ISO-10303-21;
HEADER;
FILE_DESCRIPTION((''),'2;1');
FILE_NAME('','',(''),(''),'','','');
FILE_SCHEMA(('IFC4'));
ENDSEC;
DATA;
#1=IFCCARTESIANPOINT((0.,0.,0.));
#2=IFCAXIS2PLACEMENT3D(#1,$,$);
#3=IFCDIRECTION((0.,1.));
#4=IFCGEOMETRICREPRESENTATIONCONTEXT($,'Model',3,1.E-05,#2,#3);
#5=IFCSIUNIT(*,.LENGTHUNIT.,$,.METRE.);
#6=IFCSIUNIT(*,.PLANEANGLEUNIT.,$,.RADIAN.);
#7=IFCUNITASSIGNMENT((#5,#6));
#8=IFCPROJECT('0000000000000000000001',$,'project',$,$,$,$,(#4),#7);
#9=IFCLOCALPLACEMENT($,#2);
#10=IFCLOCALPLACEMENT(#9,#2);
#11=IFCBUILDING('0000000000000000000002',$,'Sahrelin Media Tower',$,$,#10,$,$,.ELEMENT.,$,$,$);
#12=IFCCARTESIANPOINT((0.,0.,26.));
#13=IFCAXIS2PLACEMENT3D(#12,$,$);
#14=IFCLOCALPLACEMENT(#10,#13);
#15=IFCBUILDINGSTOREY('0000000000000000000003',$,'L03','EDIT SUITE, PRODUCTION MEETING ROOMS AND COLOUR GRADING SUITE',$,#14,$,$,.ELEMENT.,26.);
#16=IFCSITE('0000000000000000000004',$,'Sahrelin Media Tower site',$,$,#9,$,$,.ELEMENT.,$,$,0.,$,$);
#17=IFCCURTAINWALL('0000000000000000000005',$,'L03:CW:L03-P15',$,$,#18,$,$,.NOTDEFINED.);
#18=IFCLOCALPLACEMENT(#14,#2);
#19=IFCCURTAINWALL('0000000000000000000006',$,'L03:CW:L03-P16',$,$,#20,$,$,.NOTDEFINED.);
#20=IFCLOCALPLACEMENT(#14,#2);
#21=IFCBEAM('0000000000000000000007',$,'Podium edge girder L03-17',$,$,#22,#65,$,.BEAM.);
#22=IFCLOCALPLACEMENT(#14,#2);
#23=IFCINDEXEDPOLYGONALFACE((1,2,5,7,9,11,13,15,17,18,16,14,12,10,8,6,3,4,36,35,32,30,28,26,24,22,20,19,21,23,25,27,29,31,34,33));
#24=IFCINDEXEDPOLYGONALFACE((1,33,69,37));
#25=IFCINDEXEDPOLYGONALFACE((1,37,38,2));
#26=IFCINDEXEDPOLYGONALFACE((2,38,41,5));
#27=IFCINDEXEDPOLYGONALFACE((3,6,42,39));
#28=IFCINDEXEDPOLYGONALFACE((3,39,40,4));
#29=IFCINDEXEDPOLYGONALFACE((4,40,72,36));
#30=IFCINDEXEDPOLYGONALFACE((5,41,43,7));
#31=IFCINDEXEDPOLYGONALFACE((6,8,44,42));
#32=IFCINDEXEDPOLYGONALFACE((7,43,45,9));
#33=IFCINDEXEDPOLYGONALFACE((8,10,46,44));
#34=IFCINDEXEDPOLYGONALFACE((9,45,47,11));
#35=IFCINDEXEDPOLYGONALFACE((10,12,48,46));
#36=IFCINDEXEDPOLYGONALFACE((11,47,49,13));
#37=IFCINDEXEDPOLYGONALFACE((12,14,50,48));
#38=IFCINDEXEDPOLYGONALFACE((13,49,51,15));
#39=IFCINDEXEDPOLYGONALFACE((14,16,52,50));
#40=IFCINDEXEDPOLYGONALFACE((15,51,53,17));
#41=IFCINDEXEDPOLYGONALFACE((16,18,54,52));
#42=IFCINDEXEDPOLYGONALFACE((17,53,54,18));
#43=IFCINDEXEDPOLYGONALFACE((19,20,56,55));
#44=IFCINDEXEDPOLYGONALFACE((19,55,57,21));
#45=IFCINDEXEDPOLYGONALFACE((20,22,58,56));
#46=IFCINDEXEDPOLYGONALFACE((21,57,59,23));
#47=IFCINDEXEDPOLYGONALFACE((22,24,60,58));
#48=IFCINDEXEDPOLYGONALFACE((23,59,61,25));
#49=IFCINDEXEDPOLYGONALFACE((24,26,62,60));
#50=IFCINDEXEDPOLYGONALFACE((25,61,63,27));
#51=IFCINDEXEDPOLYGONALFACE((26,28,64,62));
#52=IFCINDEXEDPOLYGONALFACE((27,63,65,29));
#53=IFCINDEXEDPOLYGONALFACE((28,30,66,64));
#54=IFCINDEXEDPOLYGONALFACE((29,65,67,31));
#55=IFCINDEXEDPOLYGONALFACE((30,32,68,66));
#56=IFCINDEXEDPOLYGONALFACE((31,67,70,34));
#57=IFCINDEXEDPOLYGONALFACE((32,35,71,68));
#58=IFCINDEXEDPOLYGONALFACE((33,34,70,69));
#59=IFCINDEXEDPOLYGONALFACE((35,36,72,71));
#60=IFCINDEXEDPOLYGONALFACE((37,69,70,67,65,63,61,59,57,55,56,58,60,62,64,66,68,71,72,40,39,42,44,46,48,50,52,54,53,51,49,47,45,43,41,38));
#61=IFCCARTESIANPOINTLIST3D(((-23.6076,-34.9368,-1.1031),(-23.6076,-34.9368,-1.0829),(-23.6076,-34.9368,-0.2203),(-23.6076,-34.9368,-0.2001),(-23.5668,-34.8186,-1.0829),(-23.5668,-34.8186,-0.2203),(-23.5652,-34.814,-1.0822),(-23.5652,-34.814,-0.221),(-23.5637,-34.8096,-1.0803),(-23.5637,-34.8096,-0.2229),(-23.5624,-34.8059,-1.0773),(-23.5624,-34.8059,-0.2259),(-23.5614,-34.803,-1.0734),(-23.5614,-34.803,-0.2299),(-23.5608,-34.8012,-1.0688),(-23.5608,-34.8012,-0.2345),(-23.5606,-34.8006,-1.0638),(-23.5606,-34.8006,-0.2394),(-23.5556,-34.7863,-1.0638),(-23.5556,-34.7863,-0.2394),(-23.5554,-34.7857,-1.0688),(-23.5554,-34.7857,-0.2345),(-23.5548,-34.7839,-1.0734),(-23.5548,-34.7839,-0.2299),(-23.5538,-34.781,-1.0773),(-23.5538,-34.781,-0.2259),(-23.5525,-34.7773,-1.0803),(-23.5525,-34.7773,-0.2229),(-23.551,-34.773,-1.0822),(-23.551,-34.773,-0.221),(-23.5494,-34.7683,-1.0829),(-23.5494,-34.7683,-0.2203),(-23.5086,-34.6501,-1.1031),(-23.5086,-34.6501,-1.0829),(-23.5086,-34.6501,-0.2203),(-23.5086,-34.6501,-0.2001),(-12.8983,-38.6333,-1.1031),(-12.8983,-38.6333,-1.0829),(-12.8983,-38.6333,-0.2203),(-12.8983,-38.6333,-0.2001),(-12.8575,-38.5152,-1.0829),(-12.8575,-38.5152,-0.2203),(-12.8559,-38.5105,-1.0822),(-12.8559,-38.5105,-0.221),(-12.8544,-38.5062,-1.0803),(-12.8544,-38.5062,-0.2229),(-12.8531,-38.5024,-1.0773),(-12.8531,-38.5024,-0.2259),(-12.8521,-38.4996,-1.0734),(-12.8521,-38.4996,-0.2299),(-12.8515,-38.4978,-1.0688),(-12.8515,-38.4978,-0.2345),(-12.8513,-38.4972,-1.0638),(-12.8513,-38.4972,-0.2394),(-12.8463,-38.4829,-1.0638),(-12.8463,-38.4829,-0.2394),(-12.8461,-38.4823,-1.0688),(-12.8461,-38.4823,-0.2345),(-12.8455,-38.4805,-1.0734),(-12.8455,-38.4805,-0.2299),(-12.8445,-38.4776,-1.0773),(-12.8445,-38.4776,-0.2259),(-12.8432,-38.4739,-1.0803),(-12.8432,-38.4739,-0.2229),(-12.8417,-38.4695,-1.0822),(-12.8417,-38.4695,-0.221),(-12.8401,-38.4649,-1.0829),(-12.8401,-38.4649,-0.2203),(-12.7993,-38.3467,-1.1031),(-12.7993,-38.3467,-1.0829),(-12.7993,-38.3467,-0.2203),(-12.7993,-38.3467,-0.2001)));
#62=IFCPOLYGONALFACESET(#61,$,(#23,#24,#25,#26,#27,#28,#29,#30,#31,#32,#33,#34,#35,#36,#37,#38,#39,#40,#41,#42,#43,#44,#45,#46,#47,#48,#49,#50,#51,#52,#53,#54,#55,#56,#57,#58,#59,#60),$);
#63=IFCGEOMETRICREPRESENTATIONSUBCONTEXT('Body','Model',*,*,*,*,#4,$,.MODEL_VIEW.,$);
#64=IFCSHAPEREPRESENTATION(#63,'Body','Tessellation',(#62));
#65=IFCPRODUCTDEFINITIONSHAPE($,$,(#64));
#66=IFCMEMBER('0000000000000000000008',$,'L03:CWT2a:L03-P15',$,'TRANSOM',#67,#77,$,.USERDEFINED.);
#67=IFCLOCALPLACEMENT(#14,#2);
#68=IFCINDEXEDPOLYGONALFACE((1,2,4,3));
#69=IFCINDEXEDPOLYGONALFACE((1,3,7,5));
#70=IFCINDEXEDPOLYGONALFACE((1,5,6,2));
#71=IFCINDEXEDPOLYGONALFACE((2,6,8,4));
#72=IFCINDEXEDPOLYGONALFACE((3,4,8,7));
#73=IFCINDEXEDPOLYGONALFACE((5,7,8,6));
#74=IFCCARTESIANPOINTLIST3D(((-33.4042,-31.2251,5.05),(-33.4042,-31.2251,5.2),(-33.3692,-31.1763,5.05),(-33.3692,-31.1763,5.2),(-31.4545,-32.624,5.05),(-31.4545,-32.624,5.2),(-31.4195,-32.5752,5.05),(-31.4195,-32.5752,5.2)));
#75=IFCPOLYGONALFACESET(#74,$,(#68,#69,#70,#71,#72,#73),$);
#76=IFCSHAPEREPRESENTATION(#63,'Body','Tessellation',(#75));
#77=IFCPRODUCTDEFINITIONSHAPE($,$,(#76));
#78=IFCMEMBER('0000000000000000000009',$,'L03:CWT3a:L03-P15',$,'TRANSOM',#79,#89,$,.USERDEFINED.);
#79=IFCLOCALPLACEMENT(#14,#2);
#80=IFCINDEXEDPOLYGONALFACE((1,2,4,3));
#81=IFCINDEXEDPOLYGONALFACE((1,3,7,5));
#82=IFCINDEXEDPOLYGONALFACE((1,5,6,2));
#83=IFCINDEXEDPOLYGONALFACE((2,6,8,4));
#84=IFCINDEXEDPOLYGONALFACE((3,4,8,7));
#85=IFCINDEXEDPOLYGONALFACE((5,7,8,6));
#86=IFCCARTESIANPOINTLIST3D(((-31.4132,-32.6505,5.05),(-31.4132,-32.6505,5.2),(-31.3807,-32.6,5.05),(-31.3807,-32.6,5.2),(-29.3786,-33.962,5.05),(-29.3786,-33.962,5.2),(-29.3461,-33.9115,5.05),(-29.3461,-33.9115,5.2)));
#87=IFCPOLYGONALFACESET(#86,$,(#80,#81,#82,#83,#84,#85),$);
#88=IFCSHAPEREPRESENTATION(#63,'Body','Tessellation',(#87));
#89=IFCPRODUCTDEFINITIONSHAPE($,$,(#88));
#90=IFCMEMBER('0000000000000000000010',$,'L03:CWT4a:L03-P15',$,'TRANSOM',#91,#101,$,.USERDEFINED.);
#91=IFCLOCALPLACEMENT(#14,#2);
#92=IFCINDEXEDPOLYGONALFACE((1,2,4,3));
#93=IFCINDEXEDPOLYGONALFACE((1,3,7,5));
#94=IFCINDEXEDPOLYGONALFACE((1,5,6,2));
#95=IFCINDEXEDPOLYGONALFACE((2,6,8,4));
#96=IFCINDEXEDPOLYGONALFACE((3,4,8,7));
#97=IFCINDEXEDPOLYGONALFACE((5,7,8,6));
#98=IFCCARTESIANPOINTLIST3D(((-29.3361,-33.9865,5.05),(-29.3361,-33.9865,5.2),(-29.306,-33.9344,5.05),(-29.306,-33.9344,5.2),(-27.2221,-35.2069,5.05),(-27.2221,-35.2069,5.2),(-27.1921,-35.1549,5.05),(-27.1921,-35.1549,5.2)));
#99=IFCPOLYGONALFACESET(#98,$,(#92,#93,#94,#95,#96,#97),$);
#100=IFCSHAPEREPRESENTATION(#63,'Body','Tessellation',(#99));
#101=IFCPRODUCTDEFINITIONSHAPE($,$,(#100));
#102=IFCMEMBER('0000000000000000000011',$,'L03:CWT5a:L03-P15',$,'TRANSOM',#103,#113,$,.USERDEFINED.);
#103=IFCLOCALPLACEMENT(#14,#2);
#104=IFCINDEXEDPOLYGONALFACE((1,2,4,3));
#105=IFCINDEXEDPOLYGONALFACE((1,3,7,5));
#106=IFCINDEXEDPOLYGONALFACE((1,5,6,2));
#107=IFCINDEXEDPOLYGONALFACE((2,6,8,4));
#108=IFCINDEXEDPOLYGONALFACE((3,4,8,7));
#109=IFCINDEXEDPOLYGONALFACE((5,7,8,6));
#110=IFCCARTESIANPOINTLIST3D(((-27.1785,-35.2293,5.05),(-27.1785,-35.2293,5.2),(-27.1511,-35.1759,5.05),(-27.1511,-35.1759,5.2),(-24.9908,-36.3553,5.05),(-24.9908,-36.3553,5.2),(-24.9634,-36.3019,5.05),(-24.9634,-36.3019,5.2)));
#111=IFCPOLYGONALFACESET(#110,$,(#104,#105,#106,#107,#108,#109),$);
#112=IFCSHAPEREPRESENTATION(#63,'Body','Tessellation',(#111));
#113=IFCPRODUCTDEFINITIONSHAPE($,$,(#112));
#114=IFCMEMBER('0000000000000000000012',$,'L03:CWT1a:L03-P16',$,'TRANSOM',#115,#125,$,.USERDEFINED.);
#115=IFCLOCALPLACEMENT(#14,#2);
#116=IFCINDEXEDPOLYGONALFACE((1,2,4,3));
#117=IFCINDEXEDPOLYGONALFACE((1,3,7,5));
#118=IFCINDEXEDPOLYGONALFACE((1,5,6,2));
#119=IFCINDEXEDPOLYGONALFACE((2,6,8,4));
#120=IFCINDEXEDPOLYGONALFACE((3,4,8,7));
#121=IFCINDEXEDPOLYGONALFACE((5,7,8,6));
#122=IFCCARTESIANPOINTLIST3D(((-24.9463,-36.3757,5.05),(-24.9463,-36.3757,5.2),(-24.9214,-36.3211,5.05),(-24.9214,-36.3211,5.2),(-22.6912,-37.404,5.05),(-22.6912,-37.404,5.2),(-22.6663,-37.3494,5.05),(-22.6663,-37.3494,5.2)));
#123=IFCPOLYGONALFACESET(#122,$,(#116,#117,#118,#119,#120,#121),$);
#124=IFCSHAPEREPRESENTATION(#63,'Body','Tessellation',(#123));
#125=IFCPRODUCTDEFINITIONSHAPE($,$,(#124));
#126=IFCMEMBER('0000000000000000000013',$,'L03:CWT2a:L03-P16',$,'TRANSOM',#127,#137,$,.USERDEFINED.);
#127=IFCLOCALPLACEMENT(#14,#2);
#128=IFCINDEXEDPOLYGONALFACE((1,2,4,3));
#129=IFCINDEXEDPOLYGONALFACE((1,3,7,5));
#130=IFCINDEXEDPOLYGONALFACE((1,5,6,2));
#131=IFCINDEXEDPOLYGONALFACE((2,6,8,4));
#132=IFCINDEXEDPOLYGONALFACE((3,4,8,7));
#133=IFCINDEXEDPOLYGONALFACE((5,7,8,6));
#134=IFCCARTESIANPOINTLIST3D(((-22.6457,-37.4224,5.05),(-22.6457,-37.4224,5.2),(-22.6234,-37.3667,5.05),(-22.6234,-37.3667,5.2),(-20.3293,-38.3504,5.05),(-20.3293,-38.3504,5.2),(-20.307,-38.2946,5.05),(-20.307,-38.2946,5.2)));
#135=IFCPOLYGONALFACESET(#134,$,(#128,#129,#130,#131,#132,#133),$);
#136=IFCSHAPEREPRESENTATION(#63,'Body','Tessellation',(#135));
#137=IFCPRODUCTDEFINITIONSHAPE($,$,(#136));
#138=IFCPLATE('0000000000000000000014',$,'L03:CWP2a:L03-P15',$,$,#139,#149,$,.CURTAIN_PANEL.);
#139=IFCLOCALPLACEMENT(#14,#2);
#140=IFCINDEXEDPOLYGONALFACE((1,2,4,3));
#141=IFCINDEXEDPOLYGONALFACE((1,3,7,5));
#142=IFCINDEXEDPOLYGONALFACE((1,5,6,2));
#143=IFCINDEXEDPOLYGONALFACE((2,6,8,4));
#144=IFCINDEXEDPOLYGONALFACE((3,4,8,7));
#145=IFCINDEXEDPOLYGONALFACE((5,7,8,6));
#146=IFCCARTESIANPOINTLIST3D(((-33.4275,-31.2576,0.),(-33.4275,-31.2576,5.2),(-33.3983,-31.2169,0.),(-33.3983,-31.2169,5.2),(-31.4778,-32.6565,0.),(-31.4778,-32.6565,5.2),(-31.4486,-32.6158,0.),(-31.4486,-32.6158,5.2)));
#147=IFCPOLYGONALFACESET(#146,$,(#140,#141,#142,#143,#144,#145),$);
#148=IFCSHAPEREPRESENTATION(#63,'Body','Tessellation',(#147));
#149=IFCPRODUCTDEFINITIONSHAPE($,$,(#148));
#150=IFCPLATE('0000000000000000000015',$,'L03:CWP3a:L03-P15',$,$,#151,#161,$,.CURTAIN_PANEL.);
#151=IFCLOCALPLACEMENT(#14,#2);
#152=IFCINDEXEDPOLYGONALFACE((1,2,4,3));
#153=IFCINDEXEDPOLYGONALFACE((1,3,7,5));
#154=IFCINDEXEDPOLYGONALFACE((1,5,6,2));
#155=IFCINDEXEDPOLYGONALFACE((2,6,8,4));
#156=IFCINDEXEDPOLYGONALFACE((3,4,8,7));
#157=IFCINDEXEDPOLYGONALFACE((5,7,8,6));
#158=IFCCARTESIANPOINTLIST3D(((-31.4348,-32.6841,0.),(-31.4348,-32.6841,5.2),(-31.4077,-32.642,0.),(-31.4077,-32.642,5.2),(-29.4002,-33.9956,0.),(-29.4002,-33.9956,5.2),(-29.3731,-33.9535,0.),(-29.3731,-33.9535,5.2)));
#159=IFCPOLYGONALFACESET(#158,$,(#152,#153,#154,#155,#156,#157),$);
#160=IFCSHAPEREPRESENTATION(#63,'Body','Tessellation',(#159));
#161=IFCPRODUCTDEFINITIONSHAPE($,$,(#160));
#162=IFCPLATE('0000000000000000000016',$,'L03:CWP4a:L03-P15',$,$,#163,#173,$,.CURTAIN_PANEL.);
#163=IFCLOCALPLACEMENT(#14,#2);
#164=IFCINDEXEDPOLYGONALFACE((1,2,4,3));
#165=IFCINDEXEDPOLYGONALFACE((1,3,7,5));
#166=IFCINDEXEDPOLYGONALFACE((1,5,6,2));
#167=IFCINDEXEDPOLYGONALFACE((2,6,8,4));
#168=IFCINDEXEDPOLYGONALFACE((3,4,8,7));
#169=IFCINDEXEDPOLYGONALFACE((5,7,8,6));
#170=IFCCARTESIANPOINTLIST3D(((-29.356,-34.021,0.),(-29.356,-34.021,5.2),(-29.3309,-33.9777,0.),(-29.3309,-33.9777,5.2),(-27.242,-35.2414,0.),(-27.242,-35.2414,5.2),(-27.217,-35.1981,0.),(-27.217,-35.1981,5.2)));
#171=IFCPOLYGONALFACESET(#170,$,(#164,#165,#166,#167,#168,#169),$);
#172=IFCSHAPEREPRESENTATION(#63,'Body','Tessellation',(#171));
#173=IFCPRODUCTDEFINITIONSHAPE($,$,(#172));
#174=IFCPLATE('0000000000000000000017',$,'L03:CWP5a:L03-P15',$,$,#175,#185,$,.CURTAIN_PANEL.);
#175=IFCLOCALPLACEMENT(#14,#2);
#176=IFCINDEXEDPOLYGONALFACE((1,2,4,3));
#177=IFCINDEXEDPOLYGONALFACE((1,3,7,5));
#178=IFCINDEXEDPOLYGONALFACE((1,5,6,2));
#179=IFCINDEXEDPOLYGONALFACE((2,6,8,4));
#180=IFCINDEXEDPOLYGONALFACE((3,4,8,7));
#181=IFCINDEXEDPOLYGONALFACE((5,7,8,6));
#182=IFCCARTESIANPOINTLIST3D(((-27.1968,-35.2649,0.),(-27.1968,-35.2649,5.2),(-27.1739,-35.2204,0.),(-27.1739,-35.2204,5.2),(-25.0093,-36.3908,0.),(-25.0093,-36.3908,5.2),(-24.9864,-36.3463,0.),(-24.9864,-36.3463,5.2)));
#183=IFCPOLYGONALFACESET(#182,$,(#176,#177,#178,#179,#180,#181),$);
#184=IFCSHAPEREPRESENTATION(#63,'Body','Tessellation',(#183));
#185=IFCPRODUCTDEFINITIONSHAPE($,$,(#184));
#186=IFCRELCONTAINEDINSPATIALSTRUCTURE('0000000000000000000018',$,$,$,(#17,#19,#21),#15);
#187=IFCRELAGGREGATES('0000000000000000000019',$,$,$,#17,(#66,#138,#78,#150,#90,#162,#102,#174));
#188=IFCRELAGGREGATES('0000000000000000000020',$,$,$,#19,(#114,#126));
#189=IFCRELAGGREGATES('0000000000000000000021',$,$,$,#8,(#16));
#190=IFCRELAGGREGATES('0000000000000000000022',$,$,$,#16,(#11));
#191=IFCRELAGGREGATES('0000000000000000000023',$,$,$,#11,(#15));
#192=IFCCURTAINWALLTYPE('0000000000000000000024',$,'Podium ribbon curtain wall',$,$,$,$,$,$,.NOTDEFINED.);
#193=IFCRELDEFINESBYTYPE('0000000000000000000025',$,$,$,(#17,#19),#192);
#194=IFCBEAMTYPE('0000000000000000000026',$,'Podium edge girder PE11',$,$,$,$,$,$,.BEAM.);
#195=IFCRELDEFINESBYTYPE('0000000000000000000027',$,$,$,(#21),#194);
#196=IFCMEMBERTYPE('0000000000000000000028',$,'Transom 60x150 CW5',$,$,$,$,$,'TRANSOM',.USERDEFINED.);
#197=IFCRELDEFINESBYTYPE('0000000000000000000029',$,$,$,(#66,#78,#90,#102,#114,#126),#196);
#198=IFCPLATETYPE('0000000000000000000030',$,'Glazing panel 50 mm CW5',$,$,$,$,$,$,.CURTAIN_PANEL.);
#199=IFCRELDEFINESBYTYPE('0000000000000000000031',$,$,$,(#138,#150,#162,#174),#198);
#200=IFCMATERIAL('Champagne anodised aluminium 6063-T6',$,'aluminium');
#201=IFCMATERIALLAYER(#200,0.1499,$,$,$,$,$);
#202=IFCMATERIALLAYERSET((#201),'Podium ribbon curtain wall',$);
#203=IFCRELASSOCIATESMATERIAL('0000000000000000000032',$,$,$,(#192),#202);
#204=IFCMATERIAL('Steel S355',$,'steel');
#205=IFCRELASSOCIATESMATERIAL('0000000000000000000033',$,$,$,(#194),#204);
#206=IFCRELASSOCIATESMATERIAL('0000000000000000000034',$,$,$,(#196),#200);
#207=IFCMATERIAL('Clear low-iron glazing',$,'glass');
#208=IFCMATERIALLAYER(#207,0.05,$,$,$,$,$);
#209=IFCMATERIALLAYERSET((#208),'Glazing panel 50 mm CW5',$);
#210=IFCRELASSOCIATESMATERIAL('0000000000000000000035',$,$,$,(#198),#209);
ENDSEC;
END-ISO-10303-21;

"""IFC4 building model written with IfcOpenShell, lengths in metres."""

from ifc_helpers import new_model, si_unit, direction, frame, origin, origin_2d, place, context, subcontext, project, spatial, polyline, rectangle, i_section, outline, extrude, material, layer, layer_set, material_profile, profile_set, type_object, element, aggregate, save


model = new_model("IFC4")

# Units and contexts
model_context = context("Model", 3, precision=1e-05, world=origin(), true_north=direction((0.0, 1.0)))
body_context = subcontext(model_context, "Body", "Model", "MODEL_VIEW")
ifc_project = project(units=[si_unit("LENGTHUNIT", "METRE"), si_unit("PLANEANGLEUNIT", "RADIAN")], contexts=[model_context])

# Site, building, storey
site_placement = place(None, origin())
site = spatial("IfcSite", under=ifc_project, at=site_placement, Name="Sahrelin Media Tower site", CompositionType="ELEMENT", RefElevation=0.0)
building_placement = place(site_placement, origin())
building = spatial("IfcBuilding", under=site, at=building_placement, Name="Sahrelin Media Tower", CompositionType="ELEMENT")
storey_placement = place(building_placement, frame((0.0, 0.0, 26.0)))
storey = spatial("IfcBuildingStorey", under=building, at=storey_placement, Name="L03", Description="EDIT SUITE, PRODUCTION MEETING ROOMS AND COLOUR GRADING SUITE", CompositionType="ELEMENT", Elevation=26.0)

# Curtain walls
ifc_material_1 = material(Name="Champagne anodised aluminium 6063-T6", Category="aluminium")
ifc_layer_1 = layer(ifc_material_1, 0.1499)
ifc_layer_set_1 = layer_set([ifc_layer_1], Name="Podium ribbon curtain wall")
curtain_wall_type = type_object("IfcCurtainWallType", Name="Podium ribbon curtain wall", PredefinedType="NOTDEFINED", material=ifc_layer_set_1)
curtain_wall_1_placement = place(storey_placement, frame((-35.3552, -29.6985, 0.0), z_axis=(0.0, 0.0, 1.0), x_axis=(1.0, 0.0, 0.0)))
curtain_wall_1 = element("IfcCurtainWall", 1, at=curtain_wall_1_placement, inside=storey, type_object=curtain_wall_type, Name="L03:CW:L03-P15", PredefinedType="NOTDEFINED")
curtain_wall_2_placement = place(storey_placement, frame((-25.0, -36.373, 0.0), z_axis=(0.0, 0.0, 1.0), x_axis=(1.0, 0.0, 0.0)))
curtain_wall_2 = element("IfcCurtainWall", 2, at=curtain_wall_2_placement, inside=storey, type_object=curtain_wall_type, Name="L03:CW:L03-P16", PredefinedType="NOTDEFINED")

# Beam
ifc_material_2 = material(Name="Steel S355", Category="steel")
ifc_material_profile_1 = material_profile(ifc_material_2, i_section(OverallWidth=0.3032, OverallDepth=0.9031, WebThickness=0.0151, FlangeThickness=0.0203, FilletRadius=0.019, at=origin_2d()), Name="UB 914x305x201")
ifc_profile_set_1 = profile_set([ifc_material_profile_1], Name="Steel S355")
beam_type = type_object("IfcBeamType", Name="Podium edge girder PE11", PredefinedType="BEAM", material=ifc_profile_set_1)
beam_1_placement = place(storey_placement, frame((-23.5581, -34.7935, -0.6516), z_axis=(0.945272, -0.326282, 0.0), x_axis=(0.326282, 0.945272, 0.0)))
element("IfcBeam", 3, at=beam_1_placement, inside=storey, type_object=beam_type, Name="Podium edge girder L03-17", PredefinedType="BEAM", context=body_context, shape_type="SweptSolid", body=[
    extrude(i_section(OverallWidth=0.3032, OverallDepth=0.9031, WebThickness=0.0151, FlangeThickness=0.0203, FilletRadius=0.019, at=origin_2d()), origin(), (0.0, 0.0, 1.0), 11.3293),
])

# Members
ifc_material_profile_2 = material_profile(ifc_material_1, rectangle(XDim=0.0601, YDim=0.1499, at=origin_2d()), Name="Transom 60x150")
ifc_profile_set_2 = profile_set([ifc_material_profile_2], Name="Champagne anodised aluminium 6063-T6")
member_type_1 = type_object("IfcMemberType", Name="Transom 60x150 CW5", ElementType="TRANSOM", PredefinedType="USERDEFINED", material=ifc_profile_set_2)
member_1_placement = place(storey_placement, frame((-33.3867, -31.2007, 5.125), z_axis=(0.812494, -0.582969, 0.0), x_axis=(0.582969, 0.812494, 0.0)))
member_1 = element("IfcMember", 4, at=member_1_placement, type_object=member_type_1, Name="L03:CWT2a:L03-P15", ObjectType="TRANSOM", PredefinedType="USERDEFINED", context=body_context, shape_type="SweptSolid", body=[
    extrude(rectangle(XDim=0.0601, YDim=0.1499, at=origin_2d()), origin(), (0.0, 0.0, 1.0), 2.3997),
])
member_2_placement = place(storey_placement, frame((-31.397, -32.6252, 5.125), z_axis=(0.840516, -0.541787, 0.0), x_axis=(0.541787, 0.840516, 0.0)))
member_2 = element("IfcMember", 5, at=member_2_placement, type_object=member_type_1, Name="L03:CWT3a:L03-P15", ObjectType="TRANSOM", PredefinedType="USERDEFINED", context=body_context, shape_type="SweptSolid", body=[
    extrude(rectangle(XDim=0.0601, YDim=0.1499, at=origin_2d()), origin(), (0.0, 0.0, 1.0), 2.4207),
])
member_3_placement = place(storey_placement, frame((-29.321, -33.9604, 5.125), z_axis=(0.866037, -0.499979, 0.0), x_axis=(0.499979, 0.866037, 0.0)))
member_3 = element("IfcMember", 6, at=member_3_placement, type_object=member_type_1, Name="L03:CWT4a:L03-P15", ObjectType="TRANSOM", PredefinedType="USERDEFINED", context=body_context, shape_type="SweptSolid", body=[
    extrude(rectangle(XDim=0.0601, YDim=0.1499, at=origin_2d()), origin(), (0.0, 0.0, 1.0), 2.4409),
])
member_4_placement = place(storey_placement, frame((-27.1648, -35.2026, 5.125), z_axis=(0.889147, -0.457622, 0.0), x_axis=(0.457622, 0.889147, 0.0)))
member_4 = element("IfcMember", 7, at=member_4_placement, type_object=member_type_1, Name="L03:CWT5a:L03-P15", ObjectType="TRANSOM", PredefinedType="USERDEFINED", context=body_context, shape_type="SweptSolid", body=[
    extrude(rectangle(XDim=0.0601, YDim=0.1499, at=origin_2d()), origin(), (0.0, 0.0, 1.0), 2.4604),
])
member_5_placement = place(storey_placement, frame((-24.9338, -36.3484, 5.125), z_axis=(0.90987, -0.414894, 0.0), x_axis=(0.414894, 0.90987, 0.0)))
member_5 = element("IfcMember", 8, at=member_5_placement, type_object=member_type_1, Name="L03:CWT1a:L03-P16", ObjectType="TRANSOM", PredefinedType="USERDEFINED", context=body_context, shape_type="SweptSolid", body=[
    extrude(rectangle(XDim=0.0601, YDim=0.1499, at=origin_2d()), origin(), (0.0, 0.0, 1.0), 2.4785),
])
member_6_placement = place(storey_placement, frame((-22.6345, -37.3945, 5.125), z_axis=(0.928281, -0.37188, 0.0), x_axis=(0.37188, 0.928281, 0.0)))
member_6 = element("IfcMember", 9, at=member_6_placement, type_object=member_type_1, Name="L03:CWT2a:L03-P16", ObjectType="TRANSOM", PredefinedType="USERDEFINED", context=body_context, shape_type="SweptSolid", body=[
    extrude(rectangle(XDim=0.0601, YDim=0.1499, at=origin_2d()), origin(), (0.0, 0.0, 1.0), 2.4954),
])

# Plates
ifc_material_3 = material(Name="Clear low-iron glazing", Category="glass")
ifc_layer_2 = layer(ifc_material_3, 0.05)
ifc_layer_set_2 = layer_set([ifc_layer_2], Name="Glazing panel 50 mm CW5")
plate_type = type_object("IfcPlateType", Name="Glazing panel 50 mm CW5", PredefinedType="CURTAIN_PANEL", material=ifc_layer_set_2)
plate_1_placement = place(storey_placement, frame((-33.4275, -31.2576, 0.0), z_axis=(-0.582969, -0.812494, 0.0), x_axis=(0.812494, -0.582969, 0.0)))
plate_1 = element("IfcPlate", 10, at=plate_1_placement, type_object=plate_type, Name="L03:CWP2a:L03-P15", PredefinedType="CURTAIN_PANEL", context=body_context, shape_type="SweptSolid", body=[
    extrude(outline(polyline([(0.0, 0.0), (2.3997, 0.0), (2.3997, 5.2), (0.0, 5.2), (0.0, 0.0)])), origin(), (0.0, 0.0, -1.0), 0.05),
])
plate_2_placement = place(storey_placement, frame((-31.4348, -32.6841, 0.0), z_axis=(-0.541787, -0.840516, 0.0), x_axis=(0.840516, -0.541787, 0.0)))
plate_2 = element("IfcPlate", 11, at=plate_2_placement, type_object=plate_type, Name="L03:CWP3a:L03-P15", PredefinedType="CURTAIN_PANEL", context=body_context, shape_type="SweptSolid", body=[
    extrude(outline(polyline([(0.0, 0.0), (2.4207, 0.0), (2.4207, 5.2), (0.0, 5.2), (0.0, 0.0)])), origin(), (0.0, 0.0, -1.0), 0.05),
])
plate_3_placement = place(storey_placement, frame((-29.356, -34.021, 0.0), z_axis=(-0.499979, -0.866037, 0.0), x_axis=(0.866037, -0.499979, 0.0)))
plate_3 = element("IfcPlate", 12, at=plate_3_placement, type_object=plate_type, Name="L03:CWP4a:L03-P15", PredefinedType="CURTAIN_PANEL", context=body_context, shape_type="SweptSolid", body=[
    extrude(outline(polyline([(0.0, 0.0), (2.4409, 0.0), (2.4409, 5.2), (0.0, 5.2), (0.0, 0.0)])), origin(), (0.0, 0.0, -1.0), 0.05),
])
plate_4_placement = place(storey_placement, frame((-27.1968, -35.2649, 0.0), z_axis=(-0.457662, -0.889126, 0.0), x_axis=(0.889126, -0.457662, 0.0)))
plate_4 = element("IfcPlate", 13, at=plate_4_placement, type_object=plate_type, Name="L03:CWP5a:L03-P15", PredefinedType="CURTAIN_PANEL", context=body_context, shape_type="SweptSolid", body=[
    extrude(outline(polyline([(0.0, 0.0), (2.4602, 0.0), (2.4602, 5.2), (0.0, 5.2), (0.0, 0.0)])), origin(), (0.0, 0.0, -1.0), 0.05),
])
aggregate(curtain_wall_1, [member_1, plate_1, member_2, plate_2, member_3, plate_3, member_4, plate_4])
aggregate(curtain_wall_2, [member_5, member_6])

save(model, "model.ifc")
